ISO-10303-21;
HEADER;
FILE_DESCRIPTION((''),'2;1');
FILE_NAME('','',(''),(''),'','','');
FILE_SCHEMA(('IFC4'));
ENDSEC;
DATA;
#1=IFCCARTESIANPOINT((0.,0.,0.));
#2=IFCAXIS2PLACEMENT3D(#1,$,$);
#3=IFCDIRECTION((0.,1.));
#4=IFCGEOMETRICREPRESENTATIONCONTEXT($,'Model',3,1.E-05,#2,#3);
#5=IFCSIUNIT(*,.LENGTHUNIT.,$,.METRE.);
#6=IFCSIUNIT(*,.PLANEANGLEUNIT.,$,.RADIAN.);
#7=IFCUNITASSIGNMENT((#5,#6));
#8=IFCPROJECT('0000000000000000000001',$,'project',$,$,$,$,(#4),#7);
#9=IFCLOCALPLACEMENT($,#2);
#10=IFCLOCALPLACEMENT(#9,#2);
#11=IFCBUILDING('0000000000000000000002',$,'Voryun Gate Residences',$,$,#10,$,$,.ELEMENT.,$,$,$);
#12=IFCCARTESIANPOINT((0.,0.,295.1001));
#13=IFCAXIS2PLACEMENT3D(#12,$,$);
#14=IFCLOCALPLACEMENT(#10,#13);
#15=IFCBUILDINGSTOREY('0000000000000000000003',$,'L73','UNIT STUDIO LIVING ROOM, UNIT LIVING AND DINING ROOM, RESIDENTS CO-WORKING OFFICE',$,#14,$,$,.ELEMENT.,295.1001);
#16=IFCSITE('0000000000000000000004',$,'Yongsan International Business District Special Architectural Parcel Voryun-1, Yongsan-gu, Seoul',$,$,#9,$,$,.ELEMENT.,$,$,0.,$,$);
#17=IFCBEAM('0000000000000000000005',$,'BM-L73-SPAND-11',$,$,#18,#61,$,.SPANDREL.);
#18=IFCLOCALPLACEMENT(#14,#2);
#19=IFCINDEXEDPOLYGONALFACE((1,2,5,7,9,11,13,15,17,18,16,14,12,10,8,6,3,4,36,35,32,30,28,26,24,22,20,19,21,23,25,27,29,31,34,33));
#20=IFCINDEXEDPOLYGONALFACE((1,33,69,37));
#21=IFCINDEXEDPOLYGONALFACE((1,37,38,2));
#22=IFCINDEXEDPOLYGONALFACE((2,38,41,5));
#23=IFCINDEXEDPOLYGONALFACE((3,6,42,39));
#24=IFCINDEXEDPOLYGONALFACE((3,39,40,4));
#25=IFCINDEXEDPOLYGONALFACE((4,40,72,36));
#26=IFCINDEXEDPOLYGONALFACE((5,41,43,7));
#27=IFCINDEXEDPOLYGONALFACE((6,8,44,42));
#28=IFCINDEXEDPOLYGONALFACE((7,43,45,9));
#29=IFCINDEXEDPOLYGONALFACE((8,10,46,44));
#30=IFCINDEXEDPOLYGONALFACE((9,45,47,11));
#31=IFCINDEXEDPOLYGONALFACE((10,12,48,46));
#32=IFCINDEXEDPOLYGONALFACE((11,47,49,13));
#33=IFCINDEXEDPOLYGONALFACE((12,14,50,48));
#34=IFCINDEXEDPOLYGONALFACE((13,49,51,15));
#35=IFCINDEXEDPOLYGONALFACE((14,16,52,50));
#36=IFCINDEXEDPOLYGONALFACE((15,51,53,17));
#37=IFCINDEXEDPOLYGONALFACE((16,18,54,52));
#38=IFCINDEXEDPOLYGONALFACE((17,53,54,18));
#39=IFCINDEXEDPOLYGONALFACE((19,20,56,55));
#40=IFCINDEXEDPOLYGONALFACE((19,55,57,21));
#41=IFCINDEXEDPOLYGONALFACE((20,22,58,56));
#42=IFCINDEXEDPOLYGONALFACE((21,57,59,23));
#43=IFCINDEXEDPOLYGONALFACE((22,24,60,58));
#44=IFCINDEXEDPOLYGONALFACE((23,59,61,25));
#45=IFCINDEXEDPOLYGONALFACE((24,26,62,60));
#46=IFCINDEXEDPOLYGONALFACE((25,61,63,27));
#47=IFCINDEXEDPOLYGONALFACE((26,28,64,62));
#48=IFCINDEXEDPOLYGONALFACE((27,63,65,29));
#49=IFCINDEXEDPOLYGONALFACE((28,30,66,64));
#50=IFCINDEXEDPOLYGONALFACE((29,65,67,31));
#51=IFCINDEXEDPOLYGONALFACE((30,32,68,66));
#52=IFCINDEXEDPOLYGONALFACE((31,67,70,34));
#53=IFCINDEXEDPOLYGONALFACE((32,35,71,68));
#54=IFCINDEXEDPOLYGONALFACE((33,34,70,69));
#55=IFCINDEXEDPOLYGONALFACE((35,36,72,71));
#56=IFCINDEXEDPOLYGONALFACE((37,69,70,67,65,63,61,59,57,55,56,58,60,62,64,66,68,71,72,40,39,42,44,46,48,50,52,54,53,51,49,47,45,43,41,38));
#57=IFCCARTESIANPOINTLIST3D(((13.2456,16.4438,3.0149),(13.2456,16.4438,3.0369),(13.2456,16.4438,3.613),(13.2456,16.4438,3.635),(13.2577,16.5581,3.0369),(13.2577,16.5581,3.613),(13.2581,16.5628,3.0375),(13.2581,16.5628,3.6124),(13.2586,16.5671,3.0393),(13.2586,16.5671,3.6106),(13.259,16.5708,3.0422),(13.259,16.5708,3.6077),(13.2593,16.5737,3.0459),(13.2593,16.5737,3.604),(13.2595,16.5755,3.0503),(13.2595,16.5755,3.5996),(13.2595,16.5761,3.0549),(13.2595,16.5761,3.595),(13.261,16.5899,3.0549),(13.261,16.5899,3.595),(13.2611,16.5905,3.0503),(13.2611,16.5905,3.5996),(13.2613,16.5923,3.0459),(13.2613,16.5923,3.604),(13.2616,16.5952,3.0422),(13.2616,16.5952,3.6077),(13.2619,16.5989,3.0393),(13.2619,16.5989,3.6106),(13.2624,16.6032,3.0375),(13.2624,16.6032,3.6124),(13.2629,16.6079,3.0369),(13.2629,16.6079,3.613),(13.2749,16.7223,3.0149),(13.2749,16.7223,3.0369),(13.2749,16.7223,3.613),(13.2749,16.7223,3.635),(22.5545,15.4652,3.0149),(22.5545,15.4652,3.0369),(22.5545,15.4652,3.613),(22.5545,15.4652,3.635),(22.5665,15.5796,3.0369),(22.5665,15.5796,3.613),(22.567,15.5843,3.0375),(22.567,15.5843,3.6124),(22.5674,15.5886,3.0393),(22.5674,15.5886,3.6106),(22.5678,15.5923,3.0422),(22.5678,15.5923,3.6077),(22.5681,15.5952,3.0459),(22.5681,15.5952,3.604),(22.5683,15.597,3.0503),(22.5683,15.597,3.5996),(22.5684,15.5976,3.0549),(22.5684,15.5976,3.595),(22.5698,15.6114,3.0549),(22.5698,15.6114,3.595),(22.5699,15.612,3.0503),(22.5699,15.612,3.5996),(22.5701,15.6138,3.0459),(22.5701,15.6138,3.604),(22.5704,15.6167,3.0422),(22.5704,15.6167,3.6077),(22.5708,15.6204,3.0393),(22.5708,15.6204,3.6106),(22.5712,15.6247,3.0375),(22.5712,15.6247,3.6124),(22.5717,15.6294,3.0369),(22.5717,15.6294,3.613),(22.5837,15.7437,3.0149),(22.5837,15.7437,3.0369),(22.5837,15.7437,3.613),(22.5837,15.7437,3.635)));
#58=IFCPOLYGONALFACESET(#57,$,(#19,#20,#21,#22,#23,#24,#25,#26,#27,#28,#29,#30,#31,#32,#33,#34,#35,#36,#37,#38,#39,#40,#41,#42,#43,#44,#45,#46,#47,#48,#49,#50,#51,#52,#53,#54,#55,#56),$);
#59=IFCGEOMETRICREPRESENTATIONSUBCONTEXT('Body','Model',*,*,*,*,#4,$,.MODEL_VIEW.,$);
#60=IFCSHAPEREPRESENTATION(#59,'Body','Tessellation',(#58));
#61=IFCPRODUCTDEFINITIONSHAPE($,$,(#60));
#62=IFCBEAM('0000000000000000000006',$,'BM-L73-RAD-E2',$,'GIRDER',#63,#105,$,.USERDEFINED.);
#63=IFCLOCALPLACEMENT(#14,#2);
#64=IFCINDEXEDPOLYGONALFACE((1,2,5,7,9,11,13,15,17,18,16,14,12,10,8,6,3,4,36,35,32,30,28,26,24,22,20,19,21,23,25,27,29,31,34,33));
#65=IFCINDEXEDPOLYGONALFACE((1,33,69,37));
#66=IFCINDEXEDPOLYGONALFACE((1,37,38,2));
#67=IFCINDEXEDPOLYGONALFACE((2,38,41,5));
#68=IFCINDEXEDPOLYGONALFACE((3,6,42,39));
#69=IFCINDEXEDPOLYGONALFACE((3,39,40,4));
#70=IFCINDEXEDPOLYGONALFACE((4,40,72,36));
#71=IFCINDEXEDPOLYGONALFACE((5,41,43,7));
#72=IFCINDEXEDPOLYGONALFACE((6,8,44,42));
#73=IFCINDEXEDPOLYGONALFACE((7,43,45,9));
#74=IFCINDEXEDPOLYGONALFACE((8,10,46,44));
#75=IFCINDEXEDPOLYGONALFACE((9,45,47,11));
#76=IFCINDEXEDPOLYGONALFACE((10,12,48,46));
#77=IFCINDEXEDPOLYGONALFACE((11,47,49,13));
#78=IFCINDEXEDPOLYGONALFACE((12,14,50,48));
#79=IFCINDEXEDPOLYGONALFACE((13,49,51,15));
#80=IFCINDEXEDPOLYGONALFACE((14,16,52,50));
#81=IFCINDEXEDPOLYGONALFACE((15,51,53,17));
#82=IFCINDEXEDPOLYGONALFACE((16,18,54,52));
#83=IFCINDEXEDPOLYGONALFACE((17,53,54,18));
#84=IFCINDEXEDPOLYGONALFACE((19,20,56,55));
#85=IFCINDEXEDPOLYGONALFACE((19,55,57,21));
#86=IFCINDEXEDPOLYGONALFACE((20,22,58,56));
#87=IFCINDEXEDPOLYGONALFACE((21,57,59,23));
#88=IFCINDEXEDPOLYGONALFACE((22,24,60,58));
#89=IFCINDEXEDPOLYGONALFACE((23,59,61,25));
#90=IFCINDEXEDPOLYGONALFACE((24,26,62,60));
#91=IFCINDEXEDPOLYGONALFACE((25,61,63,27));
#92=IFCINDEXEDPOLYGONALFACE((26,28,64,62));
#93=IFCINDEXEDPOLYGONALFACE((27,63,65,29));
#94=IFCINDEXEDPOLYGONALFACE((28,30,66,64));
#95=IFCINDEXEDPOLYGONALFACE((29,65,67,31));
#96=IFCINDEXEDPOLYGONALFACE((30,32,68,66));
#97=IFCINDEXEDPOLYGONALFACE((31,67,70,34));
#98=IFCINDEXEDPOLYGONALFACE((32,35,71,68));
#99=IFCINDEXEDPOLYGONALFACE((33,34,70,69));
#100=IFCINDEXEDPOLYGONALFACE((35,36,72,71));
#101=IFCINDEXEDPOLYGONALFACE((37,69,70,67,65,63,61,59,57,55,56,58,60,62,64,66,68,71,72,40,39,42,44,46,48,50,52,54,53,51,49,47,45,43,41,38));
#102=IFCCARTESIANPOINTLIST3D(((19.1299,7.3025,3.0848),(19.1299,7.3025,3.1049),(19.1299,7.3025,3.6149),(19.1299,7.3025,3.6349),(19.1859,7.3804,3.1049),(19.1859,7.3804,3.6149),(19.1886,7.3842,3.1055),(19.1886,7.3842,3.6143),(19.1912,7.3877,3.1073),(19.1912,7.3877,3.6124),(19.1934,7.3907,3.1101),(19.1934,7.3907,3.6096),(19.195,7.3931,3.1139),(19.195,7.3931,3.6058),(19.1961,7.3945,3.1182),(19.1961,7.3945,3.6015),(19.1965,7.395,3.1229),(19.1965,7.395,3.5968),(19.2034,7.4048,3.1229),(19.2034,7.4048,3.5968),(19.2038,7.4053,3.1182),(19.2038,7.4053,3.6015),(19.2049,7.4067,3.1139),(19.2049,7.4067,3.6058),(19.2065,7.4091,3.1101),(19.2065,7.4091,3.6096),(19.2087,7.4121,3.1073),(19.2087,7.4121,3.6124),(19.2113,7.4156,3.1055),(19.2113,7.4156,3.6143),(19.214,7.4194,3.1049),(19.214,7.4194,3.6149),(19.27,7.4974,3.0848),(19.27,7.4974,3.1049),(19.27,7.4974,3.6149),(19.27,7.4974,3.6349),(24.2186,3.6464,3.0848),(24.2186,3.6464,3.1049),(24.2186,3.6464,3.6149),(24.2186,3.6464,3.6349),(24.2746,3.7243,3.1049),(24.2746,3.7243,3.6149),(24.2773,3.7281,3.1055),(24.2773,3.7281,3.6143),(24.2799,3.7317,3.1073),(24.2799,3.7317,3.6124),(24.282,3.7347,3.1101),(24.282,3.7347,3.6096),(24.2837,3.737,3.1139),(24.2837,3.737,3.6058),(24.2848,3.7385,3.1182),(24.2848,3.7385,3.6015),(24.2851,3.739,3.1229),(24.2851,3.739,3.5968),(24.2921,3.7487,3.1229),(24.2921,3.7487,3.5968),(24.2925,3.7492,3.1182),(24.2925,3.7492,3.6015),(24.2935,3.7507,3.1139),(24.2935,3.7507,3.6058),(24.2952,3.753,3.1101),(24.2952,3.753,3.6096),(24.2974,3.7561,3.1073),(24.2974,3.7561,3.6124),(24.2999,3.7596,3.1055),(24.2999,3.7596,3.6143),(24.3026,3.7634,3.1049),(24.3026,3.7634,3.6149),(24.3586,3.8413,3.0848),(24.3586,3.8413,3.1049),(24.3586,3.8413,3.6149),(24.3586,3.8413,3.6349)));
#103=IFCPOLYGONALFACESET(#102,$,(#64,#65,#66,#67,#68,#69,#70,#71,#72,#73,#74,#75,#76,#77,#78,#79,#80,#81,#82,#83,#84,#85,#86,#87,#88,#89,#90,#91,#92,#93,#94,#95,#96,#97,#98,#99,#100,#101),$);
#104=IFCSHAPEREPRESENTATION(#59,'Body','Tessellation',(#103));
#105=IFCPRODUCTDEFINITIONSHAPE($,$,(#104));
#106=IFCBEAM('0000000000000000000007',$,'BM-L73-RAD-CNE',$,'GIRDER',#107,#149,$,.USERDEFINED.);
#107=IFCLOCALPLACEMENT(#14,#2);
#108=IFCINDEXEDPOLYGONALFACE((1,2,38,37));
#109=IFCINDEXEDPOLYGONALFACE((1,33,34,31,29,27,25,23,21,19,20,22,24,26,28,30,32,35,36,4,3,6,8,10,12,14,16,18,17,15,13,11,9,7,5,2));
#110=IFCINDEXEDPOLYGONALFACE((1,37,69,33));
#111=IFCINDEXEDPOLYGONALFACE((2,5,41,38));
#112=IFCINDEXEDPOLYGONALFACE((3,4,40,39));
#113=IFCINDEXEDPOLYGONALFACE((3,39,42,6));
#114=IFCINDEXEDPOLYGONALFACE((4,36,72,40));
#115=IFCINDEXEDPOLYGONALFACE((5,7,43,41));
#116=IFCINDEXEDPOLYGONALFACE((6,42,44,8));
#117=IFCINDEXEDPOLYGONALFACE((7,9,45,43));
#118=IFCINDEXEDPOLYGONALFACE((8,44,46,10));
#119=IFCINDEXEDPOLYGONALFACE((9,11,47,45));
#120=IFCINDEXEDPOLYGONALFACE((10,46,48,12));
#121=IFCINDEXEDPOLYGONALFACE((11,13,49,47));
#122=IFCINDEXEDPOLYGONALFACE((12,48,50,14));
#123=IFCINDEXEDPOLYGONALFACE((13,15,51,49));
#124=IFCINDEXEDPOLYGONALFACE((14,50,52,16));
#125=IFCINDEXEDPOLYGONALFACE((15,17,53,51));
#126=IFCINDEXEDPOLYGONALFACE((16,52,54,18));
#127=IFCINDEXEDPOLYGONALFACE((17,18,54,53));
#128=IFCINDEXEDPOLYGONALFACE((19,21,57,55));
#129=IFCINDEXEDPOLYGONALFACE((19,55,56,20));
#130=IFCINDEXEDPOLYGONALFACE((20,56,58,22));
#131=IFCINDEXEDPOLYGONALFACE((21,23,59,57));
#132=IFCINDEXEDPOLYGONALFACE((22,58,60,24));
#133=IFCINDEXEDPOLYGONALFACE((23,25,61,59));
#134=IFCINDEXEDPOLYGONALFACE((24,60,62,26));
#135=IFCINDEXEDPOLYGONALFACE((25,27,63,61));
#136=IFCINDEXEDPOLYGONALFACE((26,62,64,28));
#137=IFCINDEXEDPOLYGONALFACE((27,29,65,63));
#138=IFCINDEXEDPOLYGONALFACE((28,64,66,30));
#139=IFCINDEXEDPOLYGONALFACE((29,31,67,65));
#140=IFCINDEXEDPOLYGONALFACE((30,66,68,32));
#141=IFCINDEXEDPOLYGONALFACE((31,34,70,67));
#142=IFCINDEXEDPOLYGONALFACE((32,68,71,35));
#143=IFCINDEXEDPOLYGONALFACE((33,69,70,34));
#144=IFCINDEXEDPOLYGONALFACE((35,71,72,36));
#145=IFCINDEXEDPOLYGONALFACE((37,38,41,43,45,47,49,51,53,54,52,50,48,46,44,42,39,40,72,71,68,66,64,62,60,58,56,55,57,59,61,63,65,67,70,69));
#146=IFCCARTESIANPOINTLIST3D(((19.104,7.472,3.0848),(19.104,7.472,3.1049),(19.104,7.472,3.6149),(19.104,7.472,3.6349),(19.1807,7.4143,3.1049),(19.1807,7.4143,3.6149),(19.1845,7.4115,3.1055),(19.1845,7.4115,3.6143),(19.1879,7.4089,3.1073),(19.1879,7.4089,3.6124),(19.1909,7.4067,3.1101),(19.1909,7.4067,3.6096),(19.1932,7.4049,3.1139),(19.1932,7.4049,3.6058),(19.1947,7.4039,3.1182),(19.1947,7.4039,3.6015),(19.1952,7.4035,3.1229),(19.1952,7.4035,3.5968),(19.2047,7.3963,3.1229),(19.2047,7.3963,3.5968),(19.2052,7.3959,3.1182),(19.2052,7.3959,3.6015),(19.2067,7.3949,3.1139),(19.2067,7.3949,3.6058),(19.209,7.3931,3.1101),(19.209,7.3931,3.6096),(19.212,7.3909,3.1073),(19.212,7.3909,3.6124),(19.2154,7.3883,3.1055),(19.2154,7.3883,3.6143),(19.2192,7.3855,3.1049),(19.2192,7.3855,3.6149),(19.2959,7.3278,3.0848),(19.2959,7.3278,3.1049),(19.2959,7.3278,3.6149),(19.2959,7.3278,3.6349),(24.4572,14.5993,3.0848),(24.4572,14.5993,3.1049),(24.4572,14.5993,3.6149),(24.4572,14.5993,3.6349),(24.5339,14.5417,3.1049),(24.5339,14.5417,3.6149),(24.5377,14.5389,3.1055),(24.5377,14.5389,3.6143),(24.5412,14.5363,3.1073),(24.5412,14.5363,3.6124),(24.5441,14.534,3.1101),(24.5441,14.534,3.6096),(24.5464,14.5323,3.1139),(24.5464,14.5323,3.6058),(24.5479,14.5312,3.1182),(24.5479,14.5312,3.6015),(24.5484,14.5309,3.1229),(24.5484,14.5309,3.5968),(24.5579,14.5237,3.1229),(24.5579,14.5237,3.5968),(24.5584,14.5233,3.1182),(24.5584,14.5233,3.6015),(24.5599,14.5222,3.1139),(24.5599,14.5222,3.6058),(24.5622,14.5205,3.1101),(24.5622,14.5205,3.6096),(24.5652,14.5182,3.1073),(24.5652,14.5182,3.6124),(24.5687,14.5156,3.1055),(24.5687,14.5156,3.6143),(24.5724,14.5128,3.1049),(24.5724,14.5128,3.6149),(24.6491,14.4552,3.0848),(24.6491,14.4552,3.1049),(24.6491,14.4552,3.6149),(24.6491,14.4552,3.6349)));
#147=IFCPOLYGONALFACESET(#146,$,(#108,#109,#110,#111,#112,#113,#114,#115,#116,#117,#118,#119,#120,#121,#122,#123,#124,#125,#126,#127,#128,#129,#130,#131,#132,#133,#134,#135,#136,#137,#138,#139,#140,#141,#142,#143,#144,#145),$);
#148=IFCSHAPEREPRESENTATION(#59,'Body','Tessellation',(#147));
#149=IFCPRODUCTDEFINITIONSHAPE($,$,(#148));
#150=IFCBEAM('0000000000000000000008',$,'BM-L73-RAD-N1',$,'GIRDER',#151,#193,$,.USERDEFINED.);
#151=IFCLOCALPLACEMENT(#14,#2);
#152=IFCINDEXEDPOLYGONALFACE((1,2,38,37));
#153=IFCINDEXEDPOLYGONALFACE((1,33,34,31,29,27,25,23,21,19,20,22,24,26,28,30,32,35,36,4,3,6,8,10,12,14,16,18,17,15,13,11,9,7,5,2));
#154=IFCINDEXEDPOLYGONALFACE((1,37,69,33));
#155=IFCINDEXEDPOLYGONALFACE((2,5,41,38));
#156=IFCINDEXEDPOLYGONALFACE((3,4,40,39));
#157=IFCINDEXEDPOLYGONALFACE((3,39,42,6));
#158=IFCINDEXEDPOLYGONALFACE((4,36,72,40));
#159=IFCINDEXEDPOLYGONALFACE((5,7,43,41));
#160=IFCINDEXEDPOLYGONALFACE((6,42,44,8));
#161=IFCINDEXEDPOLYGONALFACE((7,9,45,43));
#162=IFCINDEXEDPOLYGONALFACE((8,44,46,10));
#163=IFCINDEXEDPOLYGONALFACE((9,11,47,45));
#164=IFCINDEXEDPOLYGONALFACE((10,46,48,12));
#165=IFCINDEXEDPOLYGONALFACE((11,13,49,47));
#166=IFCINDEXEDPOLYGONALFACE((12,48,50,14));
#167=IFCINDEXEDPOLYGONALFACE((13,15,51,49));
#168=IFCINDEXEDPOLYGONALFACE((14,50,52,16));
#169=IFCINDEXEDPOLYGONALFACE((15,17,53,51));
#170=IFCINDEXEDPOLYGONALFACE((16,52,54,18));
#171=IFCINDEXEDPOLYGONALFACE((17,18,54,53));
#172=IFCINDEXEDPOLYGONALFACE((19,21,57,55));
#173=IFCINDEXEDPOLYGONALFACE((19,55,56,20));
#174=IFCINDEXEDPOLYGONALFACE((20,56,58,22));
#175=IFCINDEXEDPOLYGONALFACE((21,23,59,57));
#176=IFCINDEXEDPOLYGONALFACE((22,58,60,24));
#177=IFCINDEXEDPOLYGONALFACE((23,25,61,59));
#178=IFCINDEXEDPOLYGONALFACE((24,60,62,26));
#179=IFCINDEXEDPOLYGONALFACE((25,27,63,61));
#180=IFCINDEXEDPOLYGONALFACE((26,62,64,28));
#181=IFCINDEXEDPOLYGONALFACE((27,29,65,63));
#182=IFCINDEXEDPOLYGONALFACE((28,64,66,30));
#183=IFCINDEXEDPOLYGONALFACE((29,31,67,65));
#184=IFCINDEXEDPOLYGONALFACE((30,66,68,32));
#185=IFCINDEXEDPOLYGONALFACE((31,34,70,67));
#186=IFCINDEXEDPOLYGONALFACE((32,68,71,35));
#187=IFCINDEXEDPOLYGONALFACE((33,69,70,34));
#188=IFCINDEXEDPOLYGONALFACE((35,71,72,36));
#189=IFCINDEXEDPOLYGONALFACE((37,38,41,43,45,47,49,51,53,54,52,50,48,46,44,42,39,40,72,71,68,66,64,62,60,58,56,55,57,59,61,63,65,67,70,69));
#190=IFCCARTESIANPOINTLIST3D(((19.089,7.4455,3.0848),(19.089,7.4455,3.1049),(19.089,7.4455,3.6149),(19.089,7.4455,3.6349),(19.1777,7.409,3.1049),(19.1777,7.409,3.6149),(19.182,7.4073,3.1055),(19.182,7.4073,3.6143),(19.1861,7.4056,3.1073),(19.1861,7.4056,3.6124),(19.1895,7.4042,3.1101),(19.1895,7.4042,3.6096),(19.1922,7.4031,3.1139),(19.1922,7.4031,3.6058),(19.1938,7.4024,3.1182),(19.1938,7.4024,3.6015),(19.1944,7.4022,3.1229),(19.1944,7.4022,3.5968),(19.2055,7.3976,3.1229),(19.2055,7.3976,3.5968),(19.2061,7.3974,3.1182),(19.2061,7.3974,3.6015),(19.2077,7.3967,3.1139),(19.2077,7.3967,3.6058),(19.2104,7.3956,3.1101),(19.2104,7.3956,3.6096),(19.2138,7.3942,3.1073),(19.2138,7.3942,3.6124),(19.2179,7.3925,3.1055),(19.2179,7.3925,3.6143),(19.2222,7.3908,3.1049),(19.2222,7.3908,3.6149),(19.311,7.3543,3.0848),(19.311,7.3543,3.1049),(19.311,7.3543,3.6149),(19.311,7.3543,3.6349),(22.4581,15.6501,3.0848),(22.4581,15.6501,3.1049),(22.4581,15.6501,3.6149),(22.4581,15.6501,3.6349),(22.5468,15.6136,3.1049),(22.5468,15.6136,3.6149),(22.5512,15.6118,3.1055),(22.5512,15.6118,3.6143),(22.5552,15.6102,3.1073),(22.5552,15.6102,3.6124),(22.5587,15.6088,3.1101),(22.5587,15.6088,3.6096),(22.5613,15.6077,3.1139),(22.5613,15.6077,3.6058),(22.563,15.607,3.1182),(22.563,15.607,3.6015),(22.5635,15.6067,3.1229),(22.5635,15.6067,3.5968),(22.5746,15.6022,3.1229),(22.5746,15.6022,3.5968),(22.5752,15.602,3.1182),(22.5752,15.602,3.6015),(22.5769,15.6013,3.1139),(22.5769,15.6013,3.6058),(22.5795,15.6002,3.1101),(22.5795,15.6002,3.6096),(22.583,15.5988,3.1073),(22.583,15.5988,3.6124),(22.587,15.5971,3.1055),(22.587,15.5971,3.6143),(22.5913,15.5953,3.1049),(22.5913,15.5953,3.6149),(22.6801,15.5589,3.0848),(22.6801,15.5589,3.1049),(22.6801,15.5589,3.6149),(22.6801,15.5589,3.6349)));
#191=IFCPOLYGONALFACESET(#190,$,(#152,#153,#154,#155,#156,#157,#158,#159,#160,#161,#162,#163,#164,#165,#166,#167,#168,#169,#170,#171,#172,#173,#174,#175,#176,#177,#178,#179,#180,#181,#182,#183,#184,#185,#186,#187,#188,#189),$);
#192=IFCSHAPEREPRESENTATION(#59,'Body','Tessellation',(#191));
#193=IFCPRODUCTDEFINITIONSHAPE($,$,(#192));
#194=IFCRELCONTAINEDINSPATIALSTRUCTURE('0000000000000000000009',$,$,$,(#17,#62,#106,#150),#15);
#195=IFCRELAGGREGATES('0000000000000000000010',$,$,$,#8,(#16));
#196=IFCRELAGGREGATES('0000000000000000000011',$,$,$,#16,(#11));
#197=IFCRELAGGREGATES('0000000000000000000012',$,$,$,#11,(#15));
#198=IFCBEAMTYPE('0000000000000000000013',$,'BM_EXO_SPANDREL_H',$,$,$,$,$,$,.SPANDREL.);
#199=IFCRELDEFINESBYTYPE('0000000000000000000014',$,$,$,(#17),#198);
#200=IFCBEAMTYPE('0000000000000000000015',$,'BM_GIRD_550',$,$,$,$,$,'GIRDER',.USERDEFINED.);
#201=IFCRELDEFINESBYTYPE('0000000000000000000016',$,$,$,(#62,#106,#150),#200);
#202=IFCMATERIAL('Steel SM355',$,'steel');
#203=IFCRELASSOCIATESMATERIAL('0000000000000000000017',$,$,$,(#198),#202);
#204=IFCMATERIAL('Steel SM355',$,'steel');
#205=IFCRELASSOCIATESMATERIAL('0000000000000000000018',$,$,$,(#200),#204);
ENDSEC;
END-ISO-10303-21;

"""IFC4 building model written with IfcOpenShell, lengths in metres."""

from ifc_helpers import new_model, si_unit, direction, frame, origin, origin_2d, place, context, subcontext, project, spatial, i_section, extrude, material, material_profile, profile_set, type_object, element, save


model = new_model("IFC4")

# Units and contexts
model_context = context("Model", 3, precision=1e-05, world=origin(), true_north=direction((0.0, 1.0)))
body_context = subcontext(model_context, "Body", "Model", "MODEL_VIEW")
ifc_project = project(units=[si_unit("LENGTHUNIT", "METRE"), si_unit("PLANEANGLEUNIT", "RADIAN")], contexts=[model_context])

# Site, building, storey
site_placement = place(None, origin())
site = spatial("IfcSite", under=ifc_project, at=site_placement, Name="Yongsan International Business District Special Architectural Parcel Voryun-1, Yongsan-gu, Seoul", CompositionType="ELEMENT", RefElevation=0.0)
building_placement = place(site_placement, origin())
building = spatial("IfcBuilding", under=site, at=building_placement, Name="Voryun Gate Residences", CompositionType="ELEMENT")
storey_placement = place(building_placement, frame((0.0, 0.0, 295.1001)))
storey = spatial("IfcBuildingStorey", under=building, at=storey_placement, Name="L73", Description="UNIT STUDIO LIVING ROOM, UNIT LIVING AND DINING ROOM, RESIDENTS CO-WORKING OFFICE", CompositionType="ELEMENT", Elevation=295.1001)

# Beams
ifc_material_1 = material(Name="Steel SM355", Category="steel")
ifc_material_profile_1 = material_profile(ifc_material_1, i_section(OverallWidth=0.28, OverallDepth=0.6201, WebThickness=0.0139, FlangeThickness=0.022, FilletRadius=0.0181, at=origin_2d()), Name="H-620x280x14x22")
ifc_profile_set_1 = profile_set([ifc_material_profile_1], Name="Steel SM355")
beam_type_1 = type_object("IfcBeamType", Name="BM_EXO_SPANDREL_H", PredefinedType="SPANDREL", material=ifc_profile_set_1)
beam_1_placement = place(storey_placement, frame((22.5691, 15.6045, 3.325), z_axis=(-0.994521, 0.104541, 0.0), x_axis=(-0.104541, -0.994521, 0.0)))
element("IfcBeam", 1, at=beam_1_placement, inside=storey, type_object=beam_type_1, Name="BM-L73-SPAND-11", PredefinedType="SPANDREL", context=body_context, shape_type="SweptSolid", body=[
    extrude(i_section(OverallWidth=0.28, OverallDepth=0.6201, WebThickness=0.0139, FlangeThickness=0.022, FilletRadius=0.0181, at=origin_2d()), origin(), (0.0, 0.0, 1.0), 9.3601),
])
ifc_material_2 = material(Name="Steel SM355", Category="steel")
ifc_material_profile_2 = material_profile(ifc_material_2, i_section(OverallWidth=0.24, OverallDepth=0.55, WebThickness=0.012, FlangeThickness=0.02, FilletRadius=0.0181, at=origin_2d()), Name="H-550x240x12x20")
ifc_profile_set_2 = profile_set([ifc_material_profile_2], Name="Steel SM355")
beam_type_2 = type_object("IfcBeamType", Name="BM_GIRD_550", ElementType="GIRDER", PredefinedType="USERDEFINED", material=ifc_profile_set_2)
beam_2_placement = place(storey_placement, frame((19.2, 7.3999, 3.3599), z_axis=(0.812124, -0.583484, 0.0), x_axis=(0.583484, 0.812124, 0.0)))
element("IfcBeam", 2, at=beam_2_placement, inside=storey, type_object=beam_type_2, Name="BM-L73-RAD-E2", ObjectType="GIRDER", PredefinedType="USERDEFINED", context=body_context, shape_type="SweptSolid", body=[
    extrude(i_section(OverallWidth=0.24, OverallDepth=0.55, WebThickness=0.012, FlangeThickness=0.02, FilletRadius=0.0181, at=origin_2d()), origin(), (0.0, 0.0, 1.0), 6.2659),
])
beam_3_placement = place(storey_placement, frame((19.2, 7.3999, 3.3599), z_axis=(0.600552, 0.799586, 0.0), x_axis=(-0.799586, 0.600552, 0.0)))
element("IfcBeam", 3, at=beam_3_placement, inside=storey, type_object=beam_type_2, Name="BM-L73-RAD-CNE", ObjectType="GIRDER", PredefinedType="USERDEFINED", context=body_context, shape_type="SweptSolid", body=[
    extrude(i_section(OverallWidth=0.24, OverallDepth=0.55, WebThickness=0.012, FlangeThickness=0.02, FilletRadius=0.0181, at=origin_2d()), origin(), (0.0, 0.0, 1.0), 8.9138),
])
beam_4_placement = place(storey_placement, frame((19.2, 7.3999, 3.3599), z_axis=(0.379861, 0.925044, 0.0), x_axis=(-0.925044, 0.379861, 0.0)))
element("IfcBeam", 4, at=beam_4_placement, inside=storey, type_object=beam_type_2, Name="BM-L73-RAD-N1", ObjectType="GIRDER", PredefinedType="USERDEFINED", context=body_context, shape_type="SweptSolid", body=[
    extrude(i_section(OverallWidth=0.24, OverallDepth=0.55, WebThickness=0.012, FlangeThickness=0.02, FilletRadius=0.0181, at=origin_2d()), origin(), (0.0, 0.0, 1.0), 8.8694),
])

save(model, "model.ifc")
